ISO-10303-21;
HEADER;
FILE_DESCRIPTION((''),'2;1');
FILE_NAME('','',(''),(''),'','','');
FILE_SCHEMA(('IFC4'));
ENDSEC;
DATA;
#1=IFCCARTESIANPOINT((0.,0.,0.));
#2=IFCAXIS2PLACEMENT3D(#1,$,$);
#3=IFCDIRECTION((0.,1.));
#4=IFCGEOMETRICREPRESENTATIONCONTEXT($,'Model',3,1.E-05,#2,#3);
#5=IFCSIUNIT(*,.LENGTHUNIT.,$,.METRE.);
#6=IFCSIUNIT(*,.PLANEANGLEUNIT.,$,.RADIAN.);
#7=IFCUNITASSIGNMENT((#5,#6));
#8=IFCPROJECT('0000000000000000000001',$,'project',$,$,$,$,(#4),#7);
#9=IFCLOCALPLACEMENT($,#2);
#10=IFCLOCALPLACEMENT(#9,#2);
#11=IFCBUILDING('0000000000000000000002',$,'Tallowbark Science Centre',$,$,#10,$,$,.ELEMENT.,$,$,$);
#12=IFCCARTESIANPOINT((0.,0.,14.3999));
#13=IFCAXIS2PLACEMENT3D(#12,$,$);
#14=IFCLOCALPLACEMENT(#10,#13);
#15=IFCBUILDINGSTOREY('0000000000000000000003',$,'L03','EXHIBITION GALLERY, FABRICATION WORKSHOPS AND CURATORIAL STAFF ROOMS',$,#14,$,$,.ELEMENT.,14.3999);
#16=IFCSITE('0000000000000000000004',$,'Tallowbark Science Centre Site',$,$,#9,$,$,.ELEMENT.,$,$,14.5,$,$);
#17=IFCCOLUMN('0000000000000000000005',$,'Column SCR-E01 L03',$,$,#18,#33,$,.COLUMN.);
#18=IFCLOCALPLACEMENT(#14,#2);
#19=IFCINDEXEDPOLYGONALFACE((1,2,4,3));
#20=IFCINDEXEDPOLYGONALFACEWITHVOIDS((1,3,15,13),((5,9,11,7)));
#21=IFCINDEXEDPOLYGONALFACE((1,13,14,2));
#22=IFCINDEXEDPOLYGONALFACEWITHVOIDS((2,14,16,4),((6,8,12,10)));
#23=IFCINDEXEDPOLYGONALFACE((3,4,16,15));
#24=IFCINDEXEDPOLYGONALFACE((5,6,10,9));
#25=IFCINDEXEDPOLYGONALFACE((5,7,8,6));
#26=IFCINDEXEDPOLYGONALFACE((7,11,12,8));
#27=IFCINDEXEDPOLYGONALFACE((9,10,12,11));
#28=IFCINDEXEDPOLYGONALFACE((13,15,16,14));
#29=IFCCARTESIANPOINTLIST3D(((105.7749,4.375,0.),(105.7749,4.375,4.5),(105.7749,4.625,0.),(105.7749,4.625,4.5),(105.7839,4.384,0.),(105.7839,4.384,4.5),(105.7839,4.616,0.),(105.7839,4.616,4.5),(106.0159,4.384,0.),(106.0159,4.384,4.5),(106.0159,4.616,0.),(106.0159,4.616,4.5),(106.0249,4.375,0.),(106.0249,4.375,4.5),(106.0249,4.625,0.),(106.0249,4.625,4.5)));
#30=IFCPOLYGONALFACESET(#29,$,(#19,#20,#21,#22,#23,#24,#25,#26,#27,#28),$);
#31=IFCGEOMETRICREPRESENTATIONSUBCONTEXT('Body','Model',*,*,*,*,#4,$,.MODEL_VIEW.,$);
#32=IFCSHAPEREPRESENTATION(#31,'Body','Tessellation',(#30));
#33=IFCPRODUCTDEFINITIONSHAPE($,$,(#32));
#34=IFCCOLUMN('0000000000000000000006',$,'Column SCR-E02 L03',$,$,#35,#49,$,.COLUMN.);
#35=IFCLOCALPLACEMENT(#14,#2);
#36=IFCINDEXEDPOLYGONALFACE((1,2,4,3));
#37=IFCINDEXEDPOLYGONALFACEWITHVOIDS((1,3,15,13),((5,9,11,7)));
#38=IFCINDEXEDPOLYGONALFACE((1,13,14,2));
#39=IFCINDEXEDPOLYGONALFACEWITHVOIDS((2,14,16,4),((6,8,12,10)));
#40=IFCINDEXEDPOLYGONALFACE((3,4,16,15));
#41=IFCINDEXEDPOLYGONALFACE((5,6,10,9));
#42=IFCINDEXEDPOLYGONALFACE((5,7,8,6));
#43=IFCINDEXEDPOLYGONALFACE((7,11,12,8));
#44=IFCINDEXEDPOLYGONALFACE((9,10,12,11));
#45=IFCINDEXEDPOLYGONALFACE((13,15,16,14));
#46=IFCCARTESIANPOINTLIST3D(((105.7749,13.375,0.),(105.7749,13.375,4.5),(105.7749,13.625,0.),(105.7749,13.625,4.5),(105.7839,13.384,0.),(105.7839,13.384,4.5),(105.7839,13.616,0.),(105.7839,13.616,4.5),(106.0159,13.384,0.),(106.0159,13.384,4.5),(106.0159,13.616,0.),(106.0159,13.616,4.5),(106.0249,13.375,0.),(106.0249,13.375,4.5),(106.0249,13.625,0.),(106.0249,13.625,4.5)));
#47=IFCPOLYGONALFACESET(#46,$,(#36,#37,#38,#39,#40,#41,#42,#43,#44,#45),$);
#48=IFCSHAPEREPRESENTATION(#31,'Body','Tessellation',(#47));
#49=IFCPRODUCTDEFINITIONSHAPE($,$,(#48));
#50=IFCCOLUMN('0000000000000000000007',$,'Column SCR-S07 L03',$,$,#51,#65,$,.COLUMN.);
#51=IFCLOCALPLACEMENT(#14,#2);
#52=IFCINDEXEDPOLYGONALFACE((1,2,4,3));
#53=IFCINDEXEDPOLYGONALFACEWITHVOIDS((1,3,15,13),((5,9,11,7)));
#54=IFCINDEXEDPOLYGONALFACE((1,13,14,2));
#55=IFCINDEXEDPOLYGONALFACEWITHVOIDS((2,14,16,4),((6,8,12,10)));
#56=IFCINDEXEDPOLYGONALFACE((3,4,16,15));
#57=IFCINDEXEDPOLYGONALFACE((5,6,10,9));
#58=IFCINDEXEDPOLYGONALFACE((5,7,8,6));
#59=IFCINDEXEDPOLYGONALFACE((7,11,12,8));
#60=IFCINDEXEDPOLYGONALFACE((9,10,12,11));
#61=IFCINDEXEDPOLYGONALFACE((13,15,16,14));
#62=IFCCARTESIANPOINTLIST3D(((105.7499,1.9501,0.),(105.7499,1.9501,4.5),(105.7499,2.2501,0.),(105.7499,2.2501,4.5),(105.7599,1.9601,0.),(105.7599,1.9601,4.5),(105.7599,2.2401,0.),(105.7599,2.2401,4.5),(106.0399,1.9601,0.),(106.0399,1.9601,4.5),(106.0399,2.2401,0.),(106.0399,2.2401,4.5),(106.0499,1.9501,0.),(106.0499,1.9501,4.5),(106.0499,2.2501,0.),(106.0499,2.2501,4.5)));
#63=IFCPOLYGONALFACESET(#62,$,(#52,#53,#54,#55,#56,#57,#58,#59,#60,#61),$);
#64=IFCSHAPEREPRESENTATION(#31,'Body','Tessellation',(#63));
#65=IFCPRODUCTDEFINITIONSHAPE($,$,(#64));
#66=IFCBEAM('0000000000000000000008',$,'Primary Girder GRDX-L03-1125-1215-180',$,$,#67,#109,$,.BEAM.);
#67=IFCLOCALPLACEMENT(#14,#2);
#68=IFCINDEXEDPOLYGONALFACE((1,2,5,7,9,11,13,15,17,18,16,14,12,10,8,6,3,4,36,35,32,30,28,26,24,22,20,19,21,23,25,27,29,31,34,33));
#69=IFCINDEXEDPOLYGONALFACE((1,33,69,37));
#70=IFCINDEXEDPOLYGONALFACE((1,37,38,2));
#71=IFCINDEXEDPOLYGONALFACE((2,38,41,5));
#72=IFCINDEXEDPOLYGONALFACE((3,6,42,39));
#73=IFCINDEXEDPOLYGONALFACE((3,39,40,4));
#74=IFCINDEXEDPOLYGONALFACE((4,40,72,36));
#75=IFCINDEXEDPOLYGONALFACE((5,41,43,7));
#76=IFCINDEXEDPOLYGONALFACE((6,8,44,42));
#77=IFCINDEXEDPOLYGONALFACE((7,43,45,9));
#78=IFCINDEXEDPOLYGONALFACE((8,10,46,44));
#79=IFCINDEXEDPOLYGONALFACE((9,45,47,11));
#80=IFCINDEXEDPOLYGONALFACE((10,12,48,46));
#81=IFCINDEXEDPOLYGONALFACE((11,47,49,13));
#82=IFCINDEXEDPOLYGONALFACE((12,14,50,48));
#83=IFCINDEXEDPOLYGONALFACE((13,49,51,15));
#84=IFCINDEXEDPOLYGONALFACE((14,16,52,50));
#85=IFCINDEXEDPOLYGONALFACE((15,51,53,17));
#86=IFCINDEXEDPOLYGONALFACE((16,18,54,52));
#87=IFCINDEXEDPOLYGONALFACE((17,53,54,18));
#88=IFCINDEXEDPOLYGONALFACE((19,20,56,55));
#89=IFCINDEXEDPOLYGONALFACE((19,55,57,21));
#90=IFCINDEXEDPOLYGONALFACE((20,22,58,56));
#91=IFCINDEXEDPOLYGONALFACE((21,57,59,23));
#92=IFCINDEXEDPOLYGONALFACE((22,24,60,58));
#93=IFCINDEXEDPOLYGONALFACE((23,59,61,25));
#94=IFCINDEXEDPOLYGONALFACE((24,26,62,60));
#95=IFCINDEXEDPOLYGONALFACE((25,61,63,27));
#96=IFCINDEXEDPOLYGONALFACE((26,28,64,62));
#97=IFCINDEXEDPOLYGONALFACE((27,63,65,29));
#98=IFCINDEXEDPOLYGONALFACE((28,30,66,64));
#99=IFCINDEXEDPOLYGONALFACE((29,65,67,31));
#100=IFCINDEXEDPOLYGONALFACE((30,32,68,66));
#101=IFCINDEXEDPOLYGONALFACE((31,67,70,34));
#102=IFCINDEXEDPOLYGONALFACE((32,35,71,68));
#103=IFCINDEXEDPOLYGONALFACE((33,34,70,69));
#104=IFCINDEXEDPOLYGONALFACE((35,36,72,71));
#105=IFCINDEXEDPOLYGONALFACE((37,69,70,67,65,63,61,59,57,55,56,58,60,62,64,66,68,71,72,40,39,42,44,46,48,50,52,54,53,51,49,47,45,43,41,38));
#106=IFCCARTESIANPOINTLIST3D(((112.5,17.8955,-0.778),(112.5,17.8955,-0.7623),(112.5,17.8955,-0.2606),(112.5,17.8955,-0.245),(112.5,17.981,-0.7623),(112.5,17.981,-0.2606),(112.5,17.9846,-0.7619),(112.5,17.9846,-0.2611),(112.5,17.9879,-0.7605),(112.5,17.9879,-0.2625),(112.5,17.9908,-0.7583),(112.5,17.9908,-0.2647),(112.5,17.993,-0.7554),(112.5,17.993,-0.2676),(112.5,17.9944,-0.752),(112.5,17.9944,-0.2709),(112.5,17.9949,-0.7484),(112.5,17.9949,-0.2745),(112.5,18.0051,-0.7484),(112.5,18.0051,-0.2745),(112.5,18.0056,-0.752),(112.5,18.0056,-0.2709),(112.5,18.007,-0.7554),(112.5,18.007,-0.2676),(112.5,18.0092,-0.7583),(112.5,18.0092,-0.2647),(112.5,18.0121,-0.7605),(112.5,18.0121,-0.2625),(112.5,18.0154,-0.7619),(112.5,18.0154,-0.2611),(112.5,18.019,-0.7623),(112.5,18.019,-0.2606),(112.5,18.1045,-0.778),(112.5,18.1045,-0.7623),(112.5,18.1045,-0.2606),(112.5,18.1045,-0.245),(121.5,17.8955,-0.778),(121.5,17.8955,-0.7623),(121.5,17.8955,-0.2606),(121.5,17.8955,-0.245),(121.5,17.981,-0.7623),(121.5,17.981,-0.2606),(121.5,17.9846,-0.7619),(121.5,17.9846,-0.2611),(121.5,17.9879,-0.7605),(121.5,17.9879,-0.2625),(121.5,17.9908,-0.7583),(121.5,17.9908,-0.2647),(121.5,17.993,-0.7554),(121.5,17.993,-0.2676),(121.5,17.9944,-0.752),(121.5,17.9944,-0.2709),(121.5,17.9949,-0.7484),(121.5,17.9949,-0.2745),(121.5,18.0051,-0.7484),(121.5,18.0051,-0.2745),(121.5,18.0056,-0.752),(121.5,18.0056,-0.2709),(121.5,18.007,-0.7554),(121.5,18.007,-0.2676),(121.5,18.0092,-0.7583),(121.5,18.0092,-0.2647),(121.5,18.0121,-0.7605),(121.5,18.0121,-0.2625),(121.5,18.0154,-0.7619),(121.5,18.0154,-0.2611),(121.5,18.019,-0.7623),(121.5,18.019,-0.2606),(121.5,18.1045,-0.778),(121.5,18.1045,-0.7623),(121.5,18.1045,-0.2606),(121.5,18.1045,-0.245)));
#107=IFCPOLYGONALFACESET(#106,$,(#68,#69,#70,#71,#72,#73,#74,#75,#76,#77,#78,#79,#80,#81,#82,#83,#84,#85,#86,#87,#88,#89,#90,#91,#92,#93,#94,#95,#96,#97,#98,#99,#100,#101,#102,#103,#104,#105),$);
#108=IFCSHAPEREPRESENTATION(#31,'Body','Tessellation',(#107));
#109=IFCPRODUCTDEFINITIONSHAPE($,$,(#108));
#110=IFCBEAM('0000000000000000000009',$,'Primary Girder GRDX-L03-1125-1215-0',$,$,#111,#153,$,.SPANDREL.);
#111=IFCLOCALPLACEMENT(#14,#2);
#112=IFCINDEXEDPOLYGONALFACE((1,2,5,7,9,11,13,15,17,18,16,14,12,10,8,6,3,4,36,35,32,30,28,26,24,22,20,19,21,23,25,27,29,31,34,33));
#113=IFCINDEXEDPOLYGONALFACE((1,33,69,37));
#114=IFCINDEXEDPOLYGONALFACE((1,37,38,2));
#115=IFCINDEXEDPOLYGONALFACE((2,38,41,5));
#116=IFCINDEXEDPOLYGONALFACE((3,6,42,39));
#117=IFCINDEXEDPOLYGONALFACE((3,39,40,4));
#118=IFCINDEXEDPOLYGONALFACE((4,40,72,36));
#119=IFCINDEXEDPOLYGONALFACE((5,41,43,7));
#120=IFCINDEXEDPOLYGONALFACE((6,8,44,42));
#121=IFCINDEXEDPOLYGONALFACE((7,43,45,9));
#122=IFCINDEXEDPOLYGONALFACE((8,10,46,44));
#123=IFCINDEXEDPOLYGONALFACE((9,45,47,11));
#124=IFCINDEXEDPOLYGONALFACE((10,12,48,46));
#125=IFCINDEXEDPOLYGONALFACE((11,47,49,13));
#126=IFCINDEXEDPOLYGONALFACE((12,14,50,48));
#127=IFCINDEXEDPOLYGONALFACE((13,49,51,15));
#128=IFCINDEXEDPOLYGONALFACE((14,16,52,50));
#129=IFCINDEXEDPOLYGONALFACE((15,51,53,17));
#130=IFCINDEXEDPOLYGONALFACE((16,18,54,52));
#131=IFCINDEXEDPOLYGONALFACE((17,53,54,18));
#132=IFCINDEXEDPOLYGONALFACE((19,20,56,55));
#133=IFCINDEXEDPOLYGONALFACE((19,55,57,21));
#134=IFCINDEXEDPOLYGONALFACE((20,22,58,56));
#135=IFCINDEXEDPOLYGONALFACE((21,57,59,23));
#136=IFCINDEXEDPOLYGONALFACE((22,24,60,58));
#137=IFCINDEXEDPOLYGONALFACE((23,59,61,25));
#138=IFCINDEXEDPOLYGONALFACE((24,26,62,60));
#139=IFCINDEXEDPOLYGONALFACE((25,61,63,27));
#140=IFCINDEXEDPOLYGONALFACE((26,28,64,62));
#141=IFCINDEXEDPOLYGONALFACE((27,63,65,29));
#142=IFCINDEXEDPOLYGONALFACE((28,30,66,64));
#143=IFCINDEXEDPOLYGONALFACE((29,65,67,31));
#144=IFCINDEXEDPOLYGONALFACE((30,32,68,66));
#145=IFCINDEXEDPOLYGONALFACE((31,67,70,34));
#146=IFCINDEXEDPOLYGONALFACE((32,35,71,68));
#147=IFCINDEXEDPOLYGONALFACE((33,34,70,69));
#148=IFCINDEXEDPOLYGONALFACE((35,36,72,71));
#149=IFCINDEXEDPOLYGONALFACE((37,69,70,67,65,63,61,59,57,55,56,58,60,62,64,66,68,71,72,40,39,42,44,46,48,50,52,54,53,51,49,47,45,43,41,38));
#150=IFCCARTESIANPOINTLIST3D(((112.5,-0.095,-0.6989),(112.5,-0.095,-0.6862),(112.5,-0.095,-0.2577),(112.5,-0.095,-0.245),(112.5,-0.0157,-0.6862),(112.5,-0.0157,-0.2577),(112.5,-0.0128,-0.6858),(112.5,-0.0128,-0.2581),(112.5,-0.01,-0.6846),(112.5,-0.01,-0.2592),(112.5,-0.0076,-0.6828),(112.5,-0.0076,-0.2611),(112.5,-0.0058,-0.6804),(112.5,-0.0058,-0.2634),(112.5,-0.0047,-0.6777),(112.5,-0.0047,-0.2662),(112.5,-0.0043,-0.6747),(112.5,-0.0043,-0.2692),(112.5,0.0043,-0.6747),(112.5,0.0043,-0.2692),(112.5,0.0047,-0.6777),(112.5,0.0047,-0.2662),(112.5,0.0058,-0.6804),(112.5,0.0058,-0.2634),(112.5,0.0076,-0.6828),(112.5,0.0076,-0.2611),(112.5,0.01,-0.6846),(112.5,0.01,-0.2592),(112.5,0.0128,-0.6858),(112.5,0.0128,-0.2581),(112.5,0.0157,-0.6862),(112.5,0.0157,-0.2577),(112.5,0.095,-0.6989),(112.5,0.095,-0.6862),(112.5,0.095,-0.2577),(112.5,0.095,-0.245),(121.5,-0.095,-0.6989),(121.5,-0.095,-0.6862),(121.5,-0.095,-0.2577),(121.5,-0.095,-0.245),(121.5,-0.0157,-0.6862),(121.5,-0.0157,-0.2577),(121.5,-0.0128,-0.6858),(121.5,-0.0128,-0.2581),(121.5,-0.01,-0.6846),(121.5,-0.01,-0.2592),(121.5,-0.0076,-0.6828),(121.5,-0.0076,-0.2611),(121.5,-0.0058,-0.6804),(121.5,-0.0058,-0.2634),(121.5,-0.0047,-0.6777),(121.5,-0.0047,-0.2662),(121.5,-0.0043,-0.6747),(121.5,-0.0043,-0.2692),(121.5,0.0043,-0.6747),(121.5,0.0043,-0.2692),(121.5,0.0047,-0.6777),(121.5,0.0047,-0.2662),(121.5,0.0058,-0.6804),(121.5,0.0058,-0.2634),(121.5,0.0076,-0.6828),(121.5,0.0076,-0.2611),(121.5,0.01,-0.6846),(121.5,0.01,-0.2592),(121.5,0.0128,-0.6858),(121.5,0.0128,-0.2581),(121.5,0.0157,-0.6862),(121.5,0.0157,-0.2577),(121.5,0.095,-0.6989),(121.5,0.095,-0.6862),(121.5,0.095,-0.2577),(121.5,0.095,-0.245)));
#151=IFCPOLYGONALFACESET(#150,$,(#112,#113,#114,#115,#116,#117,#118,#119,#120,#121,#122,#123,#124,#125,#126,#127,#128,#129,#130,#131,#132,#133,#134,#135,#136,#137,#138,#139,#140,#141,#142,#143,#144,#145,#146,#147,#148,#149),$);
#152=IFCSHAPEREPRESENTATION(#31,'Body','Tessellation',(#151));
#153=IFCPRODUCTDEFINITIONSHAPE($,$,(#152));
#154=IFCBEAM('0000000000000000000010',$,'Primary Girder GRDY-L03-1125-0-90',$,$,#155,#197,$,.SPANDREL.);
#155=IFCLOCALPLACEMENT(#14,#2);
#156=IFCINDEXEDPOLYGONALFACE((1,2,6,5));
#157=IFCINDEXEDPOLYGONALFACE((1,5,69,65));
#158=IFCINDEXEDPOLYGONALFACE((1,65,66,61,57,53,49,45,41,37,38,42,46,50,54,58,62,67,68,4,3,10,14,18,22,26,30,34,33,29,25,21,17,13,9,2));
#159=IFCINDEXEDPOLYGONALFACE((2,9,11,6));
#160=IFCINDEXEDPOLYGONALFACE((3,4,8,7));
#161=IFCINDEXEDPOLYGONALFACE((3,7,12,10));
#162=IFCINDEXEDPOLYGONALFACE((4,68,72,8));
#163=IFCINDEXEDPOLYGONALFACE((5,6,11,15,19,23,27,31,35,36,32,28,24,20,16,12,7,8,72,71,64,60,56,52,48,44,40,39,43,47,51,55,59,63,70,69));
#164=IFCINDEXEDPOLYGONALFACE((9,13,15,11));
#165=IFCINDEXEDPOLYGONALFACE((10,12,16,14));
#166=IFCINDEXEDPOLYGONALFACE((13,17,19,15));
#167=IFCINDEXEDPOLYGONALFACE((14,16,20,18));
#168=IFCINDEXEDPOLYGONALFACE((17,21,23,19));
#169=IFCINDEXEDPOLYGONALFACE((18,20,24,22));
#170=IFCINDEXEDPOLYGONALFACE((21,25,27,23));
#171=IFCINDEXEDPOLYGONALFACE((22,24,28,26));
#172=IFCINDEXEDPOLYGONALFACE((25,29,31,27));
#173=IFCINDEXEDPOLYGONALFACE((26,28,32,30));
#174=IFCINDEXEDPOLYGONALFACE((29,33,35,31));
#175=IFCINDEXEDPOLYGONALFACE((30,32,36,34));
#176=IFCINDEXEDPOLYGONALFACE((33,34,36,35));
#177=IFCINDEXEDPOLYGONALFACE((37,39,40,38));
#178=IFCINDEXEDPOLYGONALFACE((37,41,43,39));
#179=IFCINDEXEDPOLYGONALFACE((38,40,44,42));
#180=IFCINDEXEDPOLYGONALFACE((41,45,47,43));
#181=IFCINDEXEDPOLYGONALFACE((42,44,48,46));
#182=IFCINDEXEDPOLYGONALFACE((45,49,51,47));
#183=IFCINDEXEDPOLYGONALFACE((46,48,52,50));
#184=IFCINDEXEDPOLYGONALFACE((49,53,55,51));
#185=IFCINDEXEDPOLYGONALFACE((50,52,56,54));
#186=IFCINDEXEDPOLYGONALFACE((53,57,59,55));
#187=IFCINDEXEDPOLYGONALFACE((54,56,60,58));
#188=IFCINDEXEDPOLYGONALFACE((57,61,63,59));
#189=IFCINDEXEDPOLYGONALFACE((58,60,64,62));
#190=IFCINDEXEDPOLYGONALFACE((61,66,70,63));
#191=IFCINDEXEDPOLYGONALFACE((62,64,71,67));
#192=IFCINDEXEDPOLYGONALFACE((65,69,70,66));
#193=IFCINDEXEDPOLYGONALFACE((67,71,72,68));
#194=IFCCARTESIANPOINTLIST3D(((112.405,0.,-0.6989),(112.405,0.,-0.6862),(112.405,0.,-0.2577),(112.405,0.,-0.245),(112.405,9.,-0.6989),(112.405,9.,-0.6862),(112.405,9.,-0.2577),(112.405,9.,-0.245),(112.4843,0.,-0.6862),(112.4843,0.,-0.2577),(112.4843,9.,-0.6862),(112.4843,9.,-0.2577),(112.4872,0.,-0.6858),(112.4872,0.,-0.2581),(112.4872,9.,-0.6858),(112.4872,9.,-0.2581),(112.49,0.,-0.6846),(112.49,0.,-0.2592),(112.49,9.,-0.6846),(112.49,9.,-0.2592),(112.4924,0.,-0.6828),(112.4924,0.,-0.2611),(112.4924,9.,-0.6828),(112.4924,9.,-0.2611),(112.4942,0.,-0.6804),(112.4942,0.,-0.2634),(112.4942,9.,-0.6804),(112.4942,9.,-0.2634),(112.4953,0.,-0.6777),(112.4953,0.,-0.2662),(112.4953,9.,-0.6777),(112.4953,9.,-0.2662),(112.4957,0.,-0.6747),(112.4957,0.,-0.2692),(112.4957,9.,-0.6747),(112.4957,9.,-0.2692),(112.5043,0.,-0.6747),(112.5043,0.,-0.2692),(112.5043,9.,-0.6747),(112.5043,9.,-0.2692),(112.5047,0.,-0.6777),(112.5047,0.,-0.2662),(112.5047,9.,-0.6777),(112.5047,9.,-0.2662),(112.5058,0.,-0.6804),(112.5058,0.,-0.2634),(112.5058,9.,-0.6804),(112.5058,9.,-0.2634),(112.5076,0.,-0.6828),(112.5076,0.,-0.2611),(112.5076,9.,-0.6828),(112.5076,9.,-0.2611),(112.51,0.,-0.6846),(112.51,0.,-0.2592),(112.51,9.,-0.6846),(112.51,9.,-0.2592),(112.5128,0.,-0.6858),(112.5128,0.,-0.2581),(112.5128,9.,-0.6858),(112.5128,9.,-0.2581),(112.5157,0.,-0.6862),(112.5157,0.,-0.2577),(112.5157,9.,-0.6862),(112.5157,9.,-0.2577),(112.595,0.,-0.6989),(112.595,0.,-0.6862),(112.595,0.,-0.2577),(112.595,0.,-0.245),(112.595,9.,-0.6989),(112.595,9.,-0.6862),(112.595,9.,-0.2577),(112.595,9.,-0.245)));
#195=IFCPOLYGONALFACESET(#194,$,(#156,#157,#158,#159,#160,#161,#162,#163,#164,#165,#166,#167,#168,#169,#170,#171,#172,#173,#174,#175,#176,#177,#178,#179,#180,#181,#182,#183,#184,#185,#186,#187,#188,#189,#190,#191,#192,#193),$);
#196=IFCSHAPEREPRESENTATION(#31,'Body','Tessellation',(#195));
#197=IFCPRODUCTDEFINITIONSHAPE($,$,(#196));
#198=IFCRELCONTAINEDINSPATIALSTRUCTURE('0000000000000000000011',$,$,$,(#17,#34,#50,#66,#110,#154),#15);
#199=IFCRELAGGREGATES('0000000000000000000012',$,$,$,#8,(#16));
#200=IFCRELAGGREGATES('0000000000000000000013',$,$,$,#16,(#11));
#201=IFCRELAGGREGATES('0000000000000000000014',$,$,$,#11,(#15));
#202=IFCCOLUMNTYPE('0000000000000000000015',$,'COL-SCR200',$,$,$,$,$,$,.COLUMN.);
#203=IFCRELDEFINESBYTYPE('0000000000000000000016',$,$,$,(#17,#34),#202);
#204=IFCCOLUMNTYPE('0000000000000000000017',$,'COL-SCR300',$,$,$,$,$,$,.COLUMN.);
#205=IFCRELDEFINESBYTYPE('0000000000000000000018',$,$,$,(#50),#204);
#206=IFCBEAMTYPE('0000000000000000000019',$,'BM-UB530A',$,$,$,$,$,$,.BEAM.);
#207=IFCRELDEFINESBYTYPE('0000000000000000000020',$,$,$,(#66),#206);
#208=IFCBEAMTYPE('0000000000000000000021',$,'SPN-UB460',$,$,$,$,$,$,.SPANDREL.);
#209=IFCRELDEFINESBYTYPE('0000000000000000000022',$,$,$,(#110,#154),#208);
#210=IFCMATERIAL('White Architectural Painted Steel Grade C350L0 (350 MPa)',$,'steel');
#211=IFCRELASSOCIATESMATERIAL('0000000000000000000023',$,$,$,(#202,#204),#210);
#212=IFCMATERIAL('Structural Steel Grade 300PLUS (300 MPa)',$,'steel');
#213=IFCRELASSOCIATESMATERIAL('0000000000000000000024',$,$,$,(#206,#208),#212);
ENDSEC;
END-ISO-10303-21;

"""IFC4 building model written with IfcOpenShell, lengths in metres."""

from ifc_helpers import new_model, si_unit, direction, frame, origin, origin_2d, place, context, subcontext, project, spatial, hollow_rectangle, i_section, extrude, material, material_profile, profile_set, type_object, element, save


model = new_model("IFC4")

# Units and contexts
model_context = context("Model", 3, precision=1e-05, world=origin(), true_north=direction((0.0, 1.0)))
body_context = subcontext(model_context, "Body", "Model", "MODEL_VIEW")
ifc_project = project(units=[si_unit("LENGTHUNIT", "METRE"), si_unit("PLANEANGLEUNIT", "RADIAN")], contexts=[model_context])

# Site, building, storey
site_placement = place(None, origin())
site = spatial("IfcSite", under=ifc_project, at=site_placement, Name="Tallowbark Science Centre Site", CompositionType="ELEMENT", RefElevation=14.5)
building_placement = place(site_placement, origin())
building = spatial("IfcBuilding", under=site, at=building_placement, Name="Tallowbark Science Centre", CompositionType="ELEMENT")
storey_placement = place(building_placement, frame((0.0, 0.0, 14.3999)))
storey = spatial("IfcBuildingStorey", under=building, at=storey_placement, Name="L03", Description="EXHIBITION GALLERY, FABRICATION WORKSHOPS AND CURATORIAL STAFF ROOMS", CompositionType="ELEMENT", Elevation=14.3999)

# Columns
ifc_material_1 = material(Name="White Architectural Painted Steel Grade C350L0 (350 MPa)", Category="steel")
ifc_material_profile_1 = material_profile(ifc_material_1, hollow_rectangle(XDim=0.25, YDim=0.25, WallThickness=0.009, at=origin_2d()), Name="250x250x9.0SHS")
ifc_profile_set_1 = profile_set([ifc_material_profile_1], Name="White Architectural Painted Steel Grade C350L0 (350 MPa)")
column_type_1 = type_object("IfcColumnType", Name="COL-SCR200", PredefinedType="COLUMN", material=ifc_profile_set_1)
for number, where, z_axis, x_axis, name in (
    (1, (105.8999, 4.5, 0.0), (0.0, 0.0, 1.0), (1.0, 0.0, 0.0), "Column SCR-E01 L03"),
    (2, (105.8999, 13.5, 0.0), (0.0, 0.0, 1.0), (1.0, 0.0, 0.0), "Column SCR-E02 L03"),
):
    element("IfcColumn", number, at=place(storey_placement, frame(where, z_axis=z_axis, x_axis=x_axis)), inside=storey, type_object=column_type_1, Name=name, PredefinedType="COLUMN", context=body_context, shape_type="SweptSolid", body=[
        extrude(hollow_rectangle(XDim=0.25, YDim=0.25, WallThickness=0.009, at=origin_2d()), origin(), (0.0, 0.0, 1.0), 4.5),
    ])
ifc_material_profile_2 = material_profile(ifc_material_1, hollow_rectangle(XDim=0.3, YDim=0.3, WallThickness=0.01, at=origin_2d()), Name="300x300x10.0SHS")
ifc_profile_set_2 = profile_set([ifc_material_profile_2], Name="White Architectural Painted Steel Grade C350L0 (350 MPa)")
column_type_2 = type_object("IfcColumnType", Name="COL-SCR300", PredefinedType="COLUMN", material=ifc_profile_set_2)
column_placement = place(storey_placement, frame((105.8999, 2.1001, 0.0), z_axis=(0.0, 0.0, 1.0), x_axis=(1.0, 0.0, 0.0)))
element("IfcColumn", 3, at=column_placement, inside=storey, type_object=column_type_2, Name="Column SCR-S07 L03", PredefinedType="COLUMN", context=body_context, shape_type="SweptSolid", body=[
    extrude(hollow_rectangle(XDim=0.3, YDim=0.3, WallThickness=0.01, at=origin_2d()), origin(), (0.0, 0.0, 1.0), 4.5),
])

# Beams
ifc_material_2 = material(Name="Structural Steel Grade 300PLUS (300 MPa)", Category="steel")
ifc_material_profile_3 = material_profile(ifc_material_2, i_section(OverallWidth=0.209, OverallDepth=0.533, WebThickness=0.0103, FlangeThickness=0.0156, FilletRadius=0.0139, at=origin_2d()), Name="530UB92.4")
ifc_profile_set_3 = profile_set([ifc_material_profile_3], Name="Structural Steel Grade 300PLUS (300 MPa)")
beam_type_1 = type_object("IfcBeamType", Name="BM-UB530A", PredefinedType="BEAM", material=ifc_profile_set_3)
beam_placement = place(storey_placement, frame((112.5, 18.0, -0.5115), z_axis=(1.0, 0.0, 0.0), x_axis=(0.0, 1.0, 0.0)))
element("IfcBeam", 4, at=beam_placement, inside=storey, type_object=beam_type_1, Name="Primary Girder GRDX-L03-1125-1215-180", PredefinedType="BEAM", context=body_context, shape_type="SweptSolid", body=[
    extrude(i_section(OverallWidth=0.209, OverallDepth=0.533, WebThickness=0.0103, FlangeThickness=0.0156, FilletRadius=0.0139, at=origin_2d()), origin(), (0.0, 0.0, 1.0), 9.0),
])
ifc_material_profile_4 = material_profile(ifc_material_2, i_section(OverallWidth=0.1899, OverallDepth=0.4539, WebThickness=0.0085, FlangeThickness=0.0127, FilletRadius=0.0115, at=origin_2d()), Name="460UB67.1")
ifc_profile_set_4 = profile_set([ifc_material_profile_4], Name="Structural Steel Grade 300PLUS (300 MPa)")
beam_type_2 = type_object("IfcBeamType", Name="SPN-UB460", PredefinedType="SPANDREL", material=ifc_profile_set_4)
for number, where, z_axis, x_axis, name in (
    (5, (112.5, 0.0, -0.4719), (1.0, 0.0, 0.0), (0.0, 1.0, 0.0), "Primary Girder GRDX-L03-1125-1215-0"),
    (6, (112.5, 0.0, -0.4719), (0.0, 1.0, 0.0), (-1.0, 0.0, 0.0), "Primary Girder GRDY-L03-1125-0-90"),
):
    element("IfcBeam", number, at=place(storey_placement, frame(where, z_axis=z_axis, x_axis=x_axis)), inside=storey, type_object=beam_type_2, Name=name, PredefinedType="SPANDREL", context=body_context, shape_type="SweptSolid", body=[
        extrude(i_section(OverallWidth=0.1899, OverallDepth=0.4539, WebThickness=0.0085, FlangeThickness=0.0127, FilletRadius=0.0115, at=origin_2d()), origin(), (0.0, 0.0, 1.0), 9.0),
    ])

save(model, "model.ifc")
